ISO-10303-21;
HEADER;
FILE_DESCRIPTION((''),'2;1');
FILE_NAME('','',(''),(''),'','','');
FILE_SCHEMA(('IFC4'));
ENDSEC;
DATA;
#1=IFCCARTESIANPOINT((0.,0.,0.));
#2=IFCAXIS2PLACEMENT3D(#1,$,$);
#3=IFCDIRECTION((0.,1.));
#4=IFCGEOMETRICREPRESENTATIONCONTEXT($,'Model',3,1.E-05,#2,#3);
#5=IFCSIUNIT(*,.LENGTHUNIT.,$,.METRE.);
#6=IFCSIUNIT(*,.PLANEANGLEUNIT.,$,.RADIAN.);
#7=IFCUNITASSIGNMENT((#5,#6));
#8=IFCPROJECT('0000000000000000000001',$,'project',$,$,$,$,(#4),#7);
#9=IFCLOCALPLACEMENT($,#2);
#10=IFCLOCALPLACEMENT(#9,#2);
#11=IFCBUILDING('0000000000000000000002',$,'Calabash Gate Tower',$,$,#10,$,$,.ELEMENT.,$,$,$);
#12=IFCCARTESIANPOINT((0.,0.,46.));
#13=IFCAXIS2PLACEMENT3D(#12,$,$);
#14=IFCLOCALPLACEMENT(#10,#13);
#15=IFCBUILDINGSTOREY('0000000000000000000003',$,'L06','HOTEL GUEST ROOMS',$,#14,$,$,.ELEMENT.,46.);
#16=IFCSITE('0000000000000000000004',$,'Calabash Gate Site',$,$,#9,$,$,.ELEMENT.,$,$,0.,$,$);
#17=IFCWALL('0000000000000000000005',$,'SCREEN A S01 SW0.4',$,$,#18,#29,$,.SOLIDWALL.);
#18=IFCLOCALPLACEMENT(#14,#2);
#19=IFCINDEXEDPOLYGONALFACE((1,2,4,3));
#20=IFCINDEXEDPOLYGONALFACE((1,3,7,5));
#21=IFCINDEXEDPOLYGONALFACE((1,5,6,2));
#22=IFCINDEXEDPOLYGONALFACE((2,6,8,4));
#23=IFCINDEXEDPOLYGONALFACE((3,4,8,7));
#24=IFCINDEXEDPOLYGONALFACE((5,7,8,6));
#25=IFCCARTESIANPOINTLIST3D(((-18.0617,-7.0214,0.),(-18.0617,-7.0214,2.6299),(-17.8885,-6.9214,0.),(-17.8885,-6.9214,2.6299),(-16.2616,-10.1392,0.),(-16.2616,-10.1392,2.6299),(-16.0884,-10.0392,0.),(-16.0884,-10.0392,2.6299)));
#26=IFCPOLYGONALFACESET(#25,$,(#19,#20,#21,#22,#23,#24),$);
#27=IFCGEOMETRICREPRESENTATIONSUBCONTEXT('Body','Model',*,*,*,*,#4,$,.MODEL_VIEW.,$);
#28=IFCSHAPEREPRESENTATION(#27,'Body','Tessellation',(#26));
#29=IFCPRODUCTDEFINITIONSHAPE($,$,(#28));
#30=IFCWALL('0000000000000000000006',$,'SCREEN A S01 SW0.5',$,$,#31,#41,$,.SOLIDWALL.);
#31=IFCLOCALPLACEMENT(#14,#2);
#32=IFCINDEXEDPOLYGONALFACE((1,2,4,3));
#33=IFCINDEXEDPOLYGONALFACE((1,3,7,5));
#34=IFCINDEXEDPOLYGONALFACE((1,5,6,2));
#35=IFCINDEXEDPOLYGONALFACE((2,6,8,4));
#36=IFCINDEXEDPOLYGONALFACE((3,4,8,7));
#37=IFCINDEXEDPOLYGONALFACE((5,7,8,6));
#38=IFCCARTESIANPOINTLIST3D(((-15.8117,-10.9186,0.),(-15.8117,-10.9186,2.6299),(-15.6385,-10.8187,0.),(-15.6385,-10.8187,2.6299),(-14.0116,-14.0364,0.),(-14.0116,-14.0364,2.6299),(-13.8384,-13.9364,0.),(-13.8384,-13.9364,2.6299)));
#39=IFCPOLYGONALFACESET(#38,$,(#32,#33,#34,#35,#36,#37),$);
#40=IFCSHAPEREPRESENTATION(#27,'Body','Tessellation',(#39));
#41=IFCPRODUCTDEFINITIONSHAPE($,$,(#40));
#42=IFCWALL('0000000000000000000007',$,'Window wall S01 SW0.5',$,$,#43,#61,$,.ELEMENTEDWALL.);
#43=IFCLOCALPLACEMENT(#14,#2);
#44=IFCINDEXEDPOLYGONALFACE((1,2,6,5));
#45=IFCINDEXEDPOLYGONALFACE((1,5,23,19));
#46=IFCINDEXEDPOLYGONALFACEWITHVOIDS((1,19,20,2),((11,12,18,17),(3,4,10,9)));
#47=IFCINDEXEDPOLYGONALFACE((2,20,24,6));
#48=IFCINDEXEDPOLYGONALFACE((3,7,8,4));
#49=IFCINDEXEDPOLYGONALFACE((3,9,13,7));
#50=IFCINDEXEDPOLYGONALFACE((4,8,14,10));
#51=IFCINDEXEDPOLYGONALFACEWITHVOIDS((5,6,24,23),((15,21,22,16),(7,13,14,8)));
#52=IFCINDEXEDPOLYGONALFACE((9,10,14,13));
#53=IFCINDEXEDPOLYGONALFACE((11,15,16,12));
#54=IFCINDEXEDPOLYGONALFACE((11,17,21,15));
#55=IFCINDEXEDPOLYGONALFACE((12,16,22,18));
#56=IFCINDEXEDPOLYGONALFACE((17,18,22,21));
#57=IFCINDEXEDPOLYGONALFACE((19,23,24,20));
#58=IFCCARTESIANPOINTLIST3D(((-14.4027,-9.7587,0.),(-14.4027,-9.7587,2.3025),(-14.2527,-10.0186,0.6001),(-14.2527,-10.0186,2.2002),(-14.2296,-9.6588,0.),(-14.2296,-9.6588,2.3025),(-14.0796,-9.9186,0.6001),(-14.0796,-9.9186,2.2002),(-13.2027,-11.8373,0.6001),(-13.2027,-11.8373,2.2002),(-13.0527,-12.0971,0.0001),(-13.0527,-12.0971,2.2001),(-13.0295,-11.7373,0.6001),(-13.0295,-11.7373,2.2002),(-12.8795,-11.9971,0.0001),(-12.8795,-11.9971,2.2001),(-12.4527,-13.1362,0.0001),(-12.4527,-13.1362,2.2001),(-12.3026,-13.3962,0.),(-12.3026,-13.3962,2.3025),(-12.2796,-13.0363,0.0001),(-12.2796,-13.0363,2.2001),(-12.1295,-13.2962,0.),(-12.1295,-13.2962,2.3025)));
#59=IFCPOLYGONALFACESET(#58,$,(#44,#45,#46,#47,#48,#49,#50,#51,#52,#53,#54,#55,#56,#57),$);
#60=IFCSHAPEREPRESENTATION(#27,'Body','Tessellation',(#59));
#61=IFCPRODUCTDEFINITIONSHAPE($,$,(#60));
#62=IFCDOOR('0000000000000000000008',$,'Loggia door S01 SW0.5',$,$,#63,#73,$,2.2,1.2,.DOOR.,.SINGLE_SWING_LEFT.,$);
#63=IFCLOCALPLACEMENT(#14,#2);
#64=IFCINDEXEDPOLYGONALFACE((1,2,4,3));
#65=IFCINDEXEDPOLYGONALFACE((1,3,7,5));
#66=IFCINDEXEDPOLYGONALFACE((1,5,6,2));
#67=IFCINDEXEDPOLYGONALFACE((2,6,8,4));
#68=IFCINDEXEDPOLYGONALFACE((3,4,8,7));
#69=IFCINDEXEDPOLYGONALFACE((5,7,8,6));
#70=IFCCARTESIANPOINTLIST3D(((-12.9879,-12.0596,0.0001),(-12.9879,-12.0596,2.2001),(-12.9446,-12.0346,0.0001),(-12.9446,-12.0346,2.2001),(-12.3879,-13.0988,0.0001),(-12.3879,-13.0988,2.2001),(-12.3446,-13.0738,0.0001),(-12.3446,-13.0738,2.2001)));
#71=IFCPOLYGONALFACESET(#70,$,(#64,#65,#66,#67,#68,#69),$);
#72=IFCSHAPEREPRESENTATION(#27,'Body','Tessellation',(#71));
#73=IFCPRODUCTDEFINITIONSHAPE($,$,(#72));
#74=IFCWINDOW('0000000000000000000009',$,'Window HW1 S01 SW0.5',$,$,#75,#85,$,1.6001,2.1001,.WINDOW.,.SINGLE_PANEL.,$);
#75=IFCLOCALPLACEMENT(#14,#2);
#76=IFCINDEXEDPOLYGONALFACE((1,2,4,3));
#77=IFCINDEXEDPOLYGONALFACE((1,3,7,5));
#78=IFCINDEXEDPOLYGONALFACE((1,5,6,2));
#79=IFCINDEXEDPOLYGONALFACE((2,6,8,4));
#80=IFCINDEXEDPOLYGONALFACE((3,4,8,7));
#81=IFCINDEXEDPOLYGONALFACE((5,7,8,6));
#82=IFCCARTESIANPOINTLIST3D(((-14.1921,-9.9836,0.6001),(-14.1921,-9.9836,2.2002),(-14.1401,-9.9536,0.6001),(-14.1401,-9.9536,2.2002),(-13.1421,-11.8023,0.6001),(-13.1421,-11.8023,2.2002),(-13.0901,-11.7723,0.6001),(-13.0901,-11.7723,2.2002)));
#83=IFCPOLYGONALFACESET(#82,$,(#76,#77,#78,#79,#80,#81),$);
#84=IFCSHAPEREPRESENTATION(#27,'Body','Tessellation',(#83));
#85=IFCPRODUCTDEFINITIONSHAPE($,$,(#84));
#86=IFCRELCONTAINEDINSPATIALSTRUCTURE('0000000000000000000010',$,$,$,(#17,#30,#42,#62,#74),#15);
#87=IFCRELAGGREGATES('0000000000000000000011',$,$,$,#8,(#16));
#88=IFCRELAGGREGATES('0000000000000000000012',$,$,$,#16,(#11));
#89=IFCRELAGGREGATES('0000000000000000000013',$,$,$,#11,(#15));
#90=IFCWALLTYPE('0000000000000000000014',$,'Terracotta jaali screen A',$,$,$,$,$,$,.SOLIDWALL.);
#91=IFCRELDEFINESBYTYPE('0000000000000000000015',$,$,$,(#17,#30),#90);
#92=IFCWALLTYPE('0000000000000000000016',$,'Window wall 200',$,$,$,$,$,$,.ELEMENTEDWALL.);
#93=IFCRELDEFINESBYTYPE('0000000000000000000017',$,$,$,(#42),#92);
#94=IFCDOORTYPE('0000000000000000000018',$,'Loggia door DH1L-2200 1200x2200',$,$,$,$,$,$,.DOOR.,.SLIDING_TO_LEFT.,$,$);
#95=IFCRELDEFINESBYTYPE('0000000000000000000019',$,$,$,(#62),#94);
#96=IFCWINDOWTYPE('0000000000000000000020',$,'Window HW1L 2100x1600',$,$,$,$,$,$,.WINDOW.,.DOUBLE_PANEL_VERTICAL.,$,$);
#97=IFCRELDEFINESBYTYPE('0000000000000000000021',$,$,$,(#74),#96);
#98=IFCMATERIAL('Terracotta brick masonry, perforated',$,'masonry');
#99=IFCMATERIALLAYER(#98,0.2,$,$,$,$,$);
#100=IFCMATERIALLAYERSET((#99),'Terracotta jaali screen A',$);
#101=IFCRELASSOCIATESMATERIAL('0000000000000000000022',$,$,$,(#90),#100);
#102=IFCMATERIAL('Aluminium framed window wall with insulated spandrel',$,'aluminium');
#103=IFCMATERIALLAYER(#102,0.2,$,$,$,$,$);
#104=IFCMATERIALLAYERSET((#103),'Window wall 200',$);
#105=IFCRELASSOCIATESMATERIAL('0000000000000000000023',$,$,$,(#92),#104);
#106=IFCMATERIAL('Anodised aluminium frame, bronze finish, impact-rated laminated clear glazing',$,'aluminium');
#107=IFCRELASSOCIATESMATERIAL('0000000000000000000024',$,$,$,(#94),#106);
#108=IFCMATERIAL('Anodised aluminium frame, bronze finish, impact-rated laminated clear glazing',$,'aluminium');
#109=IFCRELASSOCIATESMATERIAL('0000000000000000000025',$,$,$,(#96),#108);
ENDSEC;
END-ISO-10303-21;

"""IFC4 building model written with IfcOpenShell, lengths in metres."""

from ifc_helpers import new_model, si_unit, direction, frame, frame_2d, origin, place, context, subcontext, project, spatial, rectangle, extrude, material, layer, layer_set, type_object, element, fill, save


model = new_model("IFC4")

# Units and contexts
model_context = context("Model", 3, precision=1e-05, world=origin(), true_north=direction((0.0, 1.0)))
body_context = subcontext(model_context, "Body", "Model", "MODEL_VIEW")
ifc_project = project(units=[si_unit("LENGTHUNIT", "METRE"), si_unit("PLANEANGLEUNIT", "RADIAN")], contexts=[model_context])

# Site, building, storey
site_placement = place(None, origin())
site = spatial("IfcSite", under=ifc_project, at=site_placement, Name="Calabash Gate Site", CompositionType="ELEMENT", RefElevation=0.0)
building_placement = place(site_placement, origin())
building = spatial("IfcBuilding", under=site, at=building_placement, Name="Calabash Gate Tower", CompositionType="ELEMENT")
storey_placement = place(building_placement, frame((0.0, 0.0, 46.0)))
storey = spatial("IfcBuildingStorey", under=building, at=storey_placement, Name="L06", Description="HOTEL GUEST ROOMS", CompositionType="ELEMENT", Elevation=46.0)

# Walls
ifc_material_1 = material(Name="Terracotta brick masonry, perforated", Category="masonry")
ifc_layer_1 = layer(ifc_material_1, 0.2)
ifc_layer_set_1 = layer_set([ifc_layer_1], Name="Terracotta jaali screen A")
wall_type_1 = type_object("IfcWallType", Name="Terracotta jaali screen A", PredefinedType="SOLIDWALL", material=ifc_layer_set_1)
for number, where, z_axis, x_axis, name in (
    (1, (-17.9751, -6.9714, 0.0), (0.0, 0.0, 1.0), (0.500012, -0.866018, 0.0), "SCREEN A S01 SW0.4"),
    (2, (-15.7251, -10.8687, 0.0), (0.0, 0.0, 1.0), (0.500012, -0.866018, 0.0), "SCREEN A S01 SW0.5"),
):
    element("IfcWall", number, at=place(storey_placement, frame(where, z_axis=z_axis, x_axis=x_axis)), inside=storey, type_object=wall_type_1, Name=name, PredefinedType="SOLIDWALL", context=body_context, shape_type="SweptSolid", body=[
        extrude(rectangle(XDim=3.6001, YDim=0.2, at=frame_2d((1.8, 0.0))), origin(), (0.0, 0.0, 1.0), 2.6299),
    ])

# Wall, openings, door, window
ifc_material_2 = material(Name="Aluminium framed window wall with insulated spandrel", Category="aluminium")
ifc_layer_2 = layer(ifc_material_2, 0.2)
ifc_layer_set_2 = layer_set([ifc_layer_2], Name="Window wall 200")
wall_type_2 = type_object("IfcWallType", Name="Window wall 200", PredefinedType="ELEMENTEDWALL", material=ifc_layer_set_2)
wall_1_placement = place(storey_placement, frame((-14.3162, -9.7087, 0.0), z_axis=(0.0, 0.0, 1.0), x_axis=(0.500003, -0.866024, 0.0)))
wall_1 = element("IfcWall", 3, at=wall_1_placement, inside=storey, type_object=wall_type_2, Name="Window wall S01 SW0.5", PredefinedType="ELEMENTEDWALL", context=body_context, shape_type="SweptSolid", body=[
    extrude(rectangle(XDim=4.2002, YDim=0.2, at=frame_2d((2.1001, 0.0))), origin(), (0.0, 0.0, 1.0), 2.3025),
])
opening_1_placement = place(wall_1_placement, frame((0.3, 0.0, 0.6001)))
opening_1 = element("IfcOpeningElement", 4, at=opening_1_placement, cuts=wall_1, PredefinedType="OPENING", context=body_context, shape_type="SweptSolid", body=[
    extrude(rectangle(XDim=2.1001, YDim=1.6001, at=frame_2d((1.05, 0.8))), frame((0.0, 0.1099, 0.0), z_axis=(0.0, -1.0, 0.0), x_axis=(1.0, 0.0, 0.0)), (0.0, 0.0, 1.0), 0.22),
])
opening_2_placement = place(wall_1_placement, frame((2.7, 0.0, 0.0)))
opening_2 = element("IfcOpeningElement", 5, at=opening_2_placement, cuts=wall_1, PredefinedType="OPENING", context=body_context, shape_type="SweptSolid", body=[
    extrude(rectangle(XDim=1.2, YDim=2.2, at=frame_2d((0.6001, 1.1001))), frame((0.0, 0.1099, 0.0), z_axis=(0.0, -1.0, 0.0), x_axis=(1.0, 0.0, 0.0)), (0.0, 0.0, 1.0), 0.22),
])
ifc_material_3 = material(Name="Anodised aluminium frame, bronze finish, impact-rated laminated clear glazing", Category="aluminium")
door_type = type_object("IfcDoorType", Name="Loggia door DH1L-2200 1200x2200", OperationType="SLIDING_TO_LEFT", PredefinedType="DOOR", material=ifc_material_3)
door_placement = place(opening_2_placement, origin())
door = element("IfcDoor", 6, at=door_placement, inside=storey, type_object=door_type, Name="Loggia door S01 SW0.5", OperationType="SINGLE_SWING_LEFT", OverallHeight=2.2, OverallWidth=1.2, PredefinedType="DOOR", context=body_context, shape_type="SweptSolid", body=[
    extrude(rectangle(XDim=1.2, YDim=2.2, at=frame_2d((0.6001, 1.1001))), frame((0.0, 0.0249, 0.0), z_axis=(0.0, -1.0, 0.0), x_axis=(1.0, 0.0, 0.0)), (0.0, 0.0, 1.0), 0.05),
])
fill(opening_2, door)
ifc_material_4 = material(Name="Anodised aluminium frame, bronze finish, impact-rated laminated clear glazing", Category="aluminium")
window_type = type_object("IfcWindowType", Name="Window HW1L 2100x1600", PartitioningType="DOUBLE_PANEL_VERTICAL", PredefinedType="WINDOW", material=ifc_material_4)
window_placement = place(opening_1_placement, origin())
window = element("IfcWindow", 7, at=window_placement, inside=storey, type_object=window_type, Name="Window HW1 S01 SW0.5", OverallHeight=1.6001, OverallWidth=2.1001, PartitioningType="SINGLE_PANEL", PredefinedType="WINDOW", context=body_context, shape_type="SweptSolid", body=[
    extrude(rectangle(XDim=2.1001, YDim=1.6001, at=frame_2d((1.05, 0.8))), frame((0.0, 0.03, 0.0), z_axis=(0.0, -1.0, 0.0), x_axis=(1.0, 0.0, 0.0)), (0.0, 0.0, 1.0), 0.0601),
])
fill(opening_1, window)

save(model, "model.ifc")
